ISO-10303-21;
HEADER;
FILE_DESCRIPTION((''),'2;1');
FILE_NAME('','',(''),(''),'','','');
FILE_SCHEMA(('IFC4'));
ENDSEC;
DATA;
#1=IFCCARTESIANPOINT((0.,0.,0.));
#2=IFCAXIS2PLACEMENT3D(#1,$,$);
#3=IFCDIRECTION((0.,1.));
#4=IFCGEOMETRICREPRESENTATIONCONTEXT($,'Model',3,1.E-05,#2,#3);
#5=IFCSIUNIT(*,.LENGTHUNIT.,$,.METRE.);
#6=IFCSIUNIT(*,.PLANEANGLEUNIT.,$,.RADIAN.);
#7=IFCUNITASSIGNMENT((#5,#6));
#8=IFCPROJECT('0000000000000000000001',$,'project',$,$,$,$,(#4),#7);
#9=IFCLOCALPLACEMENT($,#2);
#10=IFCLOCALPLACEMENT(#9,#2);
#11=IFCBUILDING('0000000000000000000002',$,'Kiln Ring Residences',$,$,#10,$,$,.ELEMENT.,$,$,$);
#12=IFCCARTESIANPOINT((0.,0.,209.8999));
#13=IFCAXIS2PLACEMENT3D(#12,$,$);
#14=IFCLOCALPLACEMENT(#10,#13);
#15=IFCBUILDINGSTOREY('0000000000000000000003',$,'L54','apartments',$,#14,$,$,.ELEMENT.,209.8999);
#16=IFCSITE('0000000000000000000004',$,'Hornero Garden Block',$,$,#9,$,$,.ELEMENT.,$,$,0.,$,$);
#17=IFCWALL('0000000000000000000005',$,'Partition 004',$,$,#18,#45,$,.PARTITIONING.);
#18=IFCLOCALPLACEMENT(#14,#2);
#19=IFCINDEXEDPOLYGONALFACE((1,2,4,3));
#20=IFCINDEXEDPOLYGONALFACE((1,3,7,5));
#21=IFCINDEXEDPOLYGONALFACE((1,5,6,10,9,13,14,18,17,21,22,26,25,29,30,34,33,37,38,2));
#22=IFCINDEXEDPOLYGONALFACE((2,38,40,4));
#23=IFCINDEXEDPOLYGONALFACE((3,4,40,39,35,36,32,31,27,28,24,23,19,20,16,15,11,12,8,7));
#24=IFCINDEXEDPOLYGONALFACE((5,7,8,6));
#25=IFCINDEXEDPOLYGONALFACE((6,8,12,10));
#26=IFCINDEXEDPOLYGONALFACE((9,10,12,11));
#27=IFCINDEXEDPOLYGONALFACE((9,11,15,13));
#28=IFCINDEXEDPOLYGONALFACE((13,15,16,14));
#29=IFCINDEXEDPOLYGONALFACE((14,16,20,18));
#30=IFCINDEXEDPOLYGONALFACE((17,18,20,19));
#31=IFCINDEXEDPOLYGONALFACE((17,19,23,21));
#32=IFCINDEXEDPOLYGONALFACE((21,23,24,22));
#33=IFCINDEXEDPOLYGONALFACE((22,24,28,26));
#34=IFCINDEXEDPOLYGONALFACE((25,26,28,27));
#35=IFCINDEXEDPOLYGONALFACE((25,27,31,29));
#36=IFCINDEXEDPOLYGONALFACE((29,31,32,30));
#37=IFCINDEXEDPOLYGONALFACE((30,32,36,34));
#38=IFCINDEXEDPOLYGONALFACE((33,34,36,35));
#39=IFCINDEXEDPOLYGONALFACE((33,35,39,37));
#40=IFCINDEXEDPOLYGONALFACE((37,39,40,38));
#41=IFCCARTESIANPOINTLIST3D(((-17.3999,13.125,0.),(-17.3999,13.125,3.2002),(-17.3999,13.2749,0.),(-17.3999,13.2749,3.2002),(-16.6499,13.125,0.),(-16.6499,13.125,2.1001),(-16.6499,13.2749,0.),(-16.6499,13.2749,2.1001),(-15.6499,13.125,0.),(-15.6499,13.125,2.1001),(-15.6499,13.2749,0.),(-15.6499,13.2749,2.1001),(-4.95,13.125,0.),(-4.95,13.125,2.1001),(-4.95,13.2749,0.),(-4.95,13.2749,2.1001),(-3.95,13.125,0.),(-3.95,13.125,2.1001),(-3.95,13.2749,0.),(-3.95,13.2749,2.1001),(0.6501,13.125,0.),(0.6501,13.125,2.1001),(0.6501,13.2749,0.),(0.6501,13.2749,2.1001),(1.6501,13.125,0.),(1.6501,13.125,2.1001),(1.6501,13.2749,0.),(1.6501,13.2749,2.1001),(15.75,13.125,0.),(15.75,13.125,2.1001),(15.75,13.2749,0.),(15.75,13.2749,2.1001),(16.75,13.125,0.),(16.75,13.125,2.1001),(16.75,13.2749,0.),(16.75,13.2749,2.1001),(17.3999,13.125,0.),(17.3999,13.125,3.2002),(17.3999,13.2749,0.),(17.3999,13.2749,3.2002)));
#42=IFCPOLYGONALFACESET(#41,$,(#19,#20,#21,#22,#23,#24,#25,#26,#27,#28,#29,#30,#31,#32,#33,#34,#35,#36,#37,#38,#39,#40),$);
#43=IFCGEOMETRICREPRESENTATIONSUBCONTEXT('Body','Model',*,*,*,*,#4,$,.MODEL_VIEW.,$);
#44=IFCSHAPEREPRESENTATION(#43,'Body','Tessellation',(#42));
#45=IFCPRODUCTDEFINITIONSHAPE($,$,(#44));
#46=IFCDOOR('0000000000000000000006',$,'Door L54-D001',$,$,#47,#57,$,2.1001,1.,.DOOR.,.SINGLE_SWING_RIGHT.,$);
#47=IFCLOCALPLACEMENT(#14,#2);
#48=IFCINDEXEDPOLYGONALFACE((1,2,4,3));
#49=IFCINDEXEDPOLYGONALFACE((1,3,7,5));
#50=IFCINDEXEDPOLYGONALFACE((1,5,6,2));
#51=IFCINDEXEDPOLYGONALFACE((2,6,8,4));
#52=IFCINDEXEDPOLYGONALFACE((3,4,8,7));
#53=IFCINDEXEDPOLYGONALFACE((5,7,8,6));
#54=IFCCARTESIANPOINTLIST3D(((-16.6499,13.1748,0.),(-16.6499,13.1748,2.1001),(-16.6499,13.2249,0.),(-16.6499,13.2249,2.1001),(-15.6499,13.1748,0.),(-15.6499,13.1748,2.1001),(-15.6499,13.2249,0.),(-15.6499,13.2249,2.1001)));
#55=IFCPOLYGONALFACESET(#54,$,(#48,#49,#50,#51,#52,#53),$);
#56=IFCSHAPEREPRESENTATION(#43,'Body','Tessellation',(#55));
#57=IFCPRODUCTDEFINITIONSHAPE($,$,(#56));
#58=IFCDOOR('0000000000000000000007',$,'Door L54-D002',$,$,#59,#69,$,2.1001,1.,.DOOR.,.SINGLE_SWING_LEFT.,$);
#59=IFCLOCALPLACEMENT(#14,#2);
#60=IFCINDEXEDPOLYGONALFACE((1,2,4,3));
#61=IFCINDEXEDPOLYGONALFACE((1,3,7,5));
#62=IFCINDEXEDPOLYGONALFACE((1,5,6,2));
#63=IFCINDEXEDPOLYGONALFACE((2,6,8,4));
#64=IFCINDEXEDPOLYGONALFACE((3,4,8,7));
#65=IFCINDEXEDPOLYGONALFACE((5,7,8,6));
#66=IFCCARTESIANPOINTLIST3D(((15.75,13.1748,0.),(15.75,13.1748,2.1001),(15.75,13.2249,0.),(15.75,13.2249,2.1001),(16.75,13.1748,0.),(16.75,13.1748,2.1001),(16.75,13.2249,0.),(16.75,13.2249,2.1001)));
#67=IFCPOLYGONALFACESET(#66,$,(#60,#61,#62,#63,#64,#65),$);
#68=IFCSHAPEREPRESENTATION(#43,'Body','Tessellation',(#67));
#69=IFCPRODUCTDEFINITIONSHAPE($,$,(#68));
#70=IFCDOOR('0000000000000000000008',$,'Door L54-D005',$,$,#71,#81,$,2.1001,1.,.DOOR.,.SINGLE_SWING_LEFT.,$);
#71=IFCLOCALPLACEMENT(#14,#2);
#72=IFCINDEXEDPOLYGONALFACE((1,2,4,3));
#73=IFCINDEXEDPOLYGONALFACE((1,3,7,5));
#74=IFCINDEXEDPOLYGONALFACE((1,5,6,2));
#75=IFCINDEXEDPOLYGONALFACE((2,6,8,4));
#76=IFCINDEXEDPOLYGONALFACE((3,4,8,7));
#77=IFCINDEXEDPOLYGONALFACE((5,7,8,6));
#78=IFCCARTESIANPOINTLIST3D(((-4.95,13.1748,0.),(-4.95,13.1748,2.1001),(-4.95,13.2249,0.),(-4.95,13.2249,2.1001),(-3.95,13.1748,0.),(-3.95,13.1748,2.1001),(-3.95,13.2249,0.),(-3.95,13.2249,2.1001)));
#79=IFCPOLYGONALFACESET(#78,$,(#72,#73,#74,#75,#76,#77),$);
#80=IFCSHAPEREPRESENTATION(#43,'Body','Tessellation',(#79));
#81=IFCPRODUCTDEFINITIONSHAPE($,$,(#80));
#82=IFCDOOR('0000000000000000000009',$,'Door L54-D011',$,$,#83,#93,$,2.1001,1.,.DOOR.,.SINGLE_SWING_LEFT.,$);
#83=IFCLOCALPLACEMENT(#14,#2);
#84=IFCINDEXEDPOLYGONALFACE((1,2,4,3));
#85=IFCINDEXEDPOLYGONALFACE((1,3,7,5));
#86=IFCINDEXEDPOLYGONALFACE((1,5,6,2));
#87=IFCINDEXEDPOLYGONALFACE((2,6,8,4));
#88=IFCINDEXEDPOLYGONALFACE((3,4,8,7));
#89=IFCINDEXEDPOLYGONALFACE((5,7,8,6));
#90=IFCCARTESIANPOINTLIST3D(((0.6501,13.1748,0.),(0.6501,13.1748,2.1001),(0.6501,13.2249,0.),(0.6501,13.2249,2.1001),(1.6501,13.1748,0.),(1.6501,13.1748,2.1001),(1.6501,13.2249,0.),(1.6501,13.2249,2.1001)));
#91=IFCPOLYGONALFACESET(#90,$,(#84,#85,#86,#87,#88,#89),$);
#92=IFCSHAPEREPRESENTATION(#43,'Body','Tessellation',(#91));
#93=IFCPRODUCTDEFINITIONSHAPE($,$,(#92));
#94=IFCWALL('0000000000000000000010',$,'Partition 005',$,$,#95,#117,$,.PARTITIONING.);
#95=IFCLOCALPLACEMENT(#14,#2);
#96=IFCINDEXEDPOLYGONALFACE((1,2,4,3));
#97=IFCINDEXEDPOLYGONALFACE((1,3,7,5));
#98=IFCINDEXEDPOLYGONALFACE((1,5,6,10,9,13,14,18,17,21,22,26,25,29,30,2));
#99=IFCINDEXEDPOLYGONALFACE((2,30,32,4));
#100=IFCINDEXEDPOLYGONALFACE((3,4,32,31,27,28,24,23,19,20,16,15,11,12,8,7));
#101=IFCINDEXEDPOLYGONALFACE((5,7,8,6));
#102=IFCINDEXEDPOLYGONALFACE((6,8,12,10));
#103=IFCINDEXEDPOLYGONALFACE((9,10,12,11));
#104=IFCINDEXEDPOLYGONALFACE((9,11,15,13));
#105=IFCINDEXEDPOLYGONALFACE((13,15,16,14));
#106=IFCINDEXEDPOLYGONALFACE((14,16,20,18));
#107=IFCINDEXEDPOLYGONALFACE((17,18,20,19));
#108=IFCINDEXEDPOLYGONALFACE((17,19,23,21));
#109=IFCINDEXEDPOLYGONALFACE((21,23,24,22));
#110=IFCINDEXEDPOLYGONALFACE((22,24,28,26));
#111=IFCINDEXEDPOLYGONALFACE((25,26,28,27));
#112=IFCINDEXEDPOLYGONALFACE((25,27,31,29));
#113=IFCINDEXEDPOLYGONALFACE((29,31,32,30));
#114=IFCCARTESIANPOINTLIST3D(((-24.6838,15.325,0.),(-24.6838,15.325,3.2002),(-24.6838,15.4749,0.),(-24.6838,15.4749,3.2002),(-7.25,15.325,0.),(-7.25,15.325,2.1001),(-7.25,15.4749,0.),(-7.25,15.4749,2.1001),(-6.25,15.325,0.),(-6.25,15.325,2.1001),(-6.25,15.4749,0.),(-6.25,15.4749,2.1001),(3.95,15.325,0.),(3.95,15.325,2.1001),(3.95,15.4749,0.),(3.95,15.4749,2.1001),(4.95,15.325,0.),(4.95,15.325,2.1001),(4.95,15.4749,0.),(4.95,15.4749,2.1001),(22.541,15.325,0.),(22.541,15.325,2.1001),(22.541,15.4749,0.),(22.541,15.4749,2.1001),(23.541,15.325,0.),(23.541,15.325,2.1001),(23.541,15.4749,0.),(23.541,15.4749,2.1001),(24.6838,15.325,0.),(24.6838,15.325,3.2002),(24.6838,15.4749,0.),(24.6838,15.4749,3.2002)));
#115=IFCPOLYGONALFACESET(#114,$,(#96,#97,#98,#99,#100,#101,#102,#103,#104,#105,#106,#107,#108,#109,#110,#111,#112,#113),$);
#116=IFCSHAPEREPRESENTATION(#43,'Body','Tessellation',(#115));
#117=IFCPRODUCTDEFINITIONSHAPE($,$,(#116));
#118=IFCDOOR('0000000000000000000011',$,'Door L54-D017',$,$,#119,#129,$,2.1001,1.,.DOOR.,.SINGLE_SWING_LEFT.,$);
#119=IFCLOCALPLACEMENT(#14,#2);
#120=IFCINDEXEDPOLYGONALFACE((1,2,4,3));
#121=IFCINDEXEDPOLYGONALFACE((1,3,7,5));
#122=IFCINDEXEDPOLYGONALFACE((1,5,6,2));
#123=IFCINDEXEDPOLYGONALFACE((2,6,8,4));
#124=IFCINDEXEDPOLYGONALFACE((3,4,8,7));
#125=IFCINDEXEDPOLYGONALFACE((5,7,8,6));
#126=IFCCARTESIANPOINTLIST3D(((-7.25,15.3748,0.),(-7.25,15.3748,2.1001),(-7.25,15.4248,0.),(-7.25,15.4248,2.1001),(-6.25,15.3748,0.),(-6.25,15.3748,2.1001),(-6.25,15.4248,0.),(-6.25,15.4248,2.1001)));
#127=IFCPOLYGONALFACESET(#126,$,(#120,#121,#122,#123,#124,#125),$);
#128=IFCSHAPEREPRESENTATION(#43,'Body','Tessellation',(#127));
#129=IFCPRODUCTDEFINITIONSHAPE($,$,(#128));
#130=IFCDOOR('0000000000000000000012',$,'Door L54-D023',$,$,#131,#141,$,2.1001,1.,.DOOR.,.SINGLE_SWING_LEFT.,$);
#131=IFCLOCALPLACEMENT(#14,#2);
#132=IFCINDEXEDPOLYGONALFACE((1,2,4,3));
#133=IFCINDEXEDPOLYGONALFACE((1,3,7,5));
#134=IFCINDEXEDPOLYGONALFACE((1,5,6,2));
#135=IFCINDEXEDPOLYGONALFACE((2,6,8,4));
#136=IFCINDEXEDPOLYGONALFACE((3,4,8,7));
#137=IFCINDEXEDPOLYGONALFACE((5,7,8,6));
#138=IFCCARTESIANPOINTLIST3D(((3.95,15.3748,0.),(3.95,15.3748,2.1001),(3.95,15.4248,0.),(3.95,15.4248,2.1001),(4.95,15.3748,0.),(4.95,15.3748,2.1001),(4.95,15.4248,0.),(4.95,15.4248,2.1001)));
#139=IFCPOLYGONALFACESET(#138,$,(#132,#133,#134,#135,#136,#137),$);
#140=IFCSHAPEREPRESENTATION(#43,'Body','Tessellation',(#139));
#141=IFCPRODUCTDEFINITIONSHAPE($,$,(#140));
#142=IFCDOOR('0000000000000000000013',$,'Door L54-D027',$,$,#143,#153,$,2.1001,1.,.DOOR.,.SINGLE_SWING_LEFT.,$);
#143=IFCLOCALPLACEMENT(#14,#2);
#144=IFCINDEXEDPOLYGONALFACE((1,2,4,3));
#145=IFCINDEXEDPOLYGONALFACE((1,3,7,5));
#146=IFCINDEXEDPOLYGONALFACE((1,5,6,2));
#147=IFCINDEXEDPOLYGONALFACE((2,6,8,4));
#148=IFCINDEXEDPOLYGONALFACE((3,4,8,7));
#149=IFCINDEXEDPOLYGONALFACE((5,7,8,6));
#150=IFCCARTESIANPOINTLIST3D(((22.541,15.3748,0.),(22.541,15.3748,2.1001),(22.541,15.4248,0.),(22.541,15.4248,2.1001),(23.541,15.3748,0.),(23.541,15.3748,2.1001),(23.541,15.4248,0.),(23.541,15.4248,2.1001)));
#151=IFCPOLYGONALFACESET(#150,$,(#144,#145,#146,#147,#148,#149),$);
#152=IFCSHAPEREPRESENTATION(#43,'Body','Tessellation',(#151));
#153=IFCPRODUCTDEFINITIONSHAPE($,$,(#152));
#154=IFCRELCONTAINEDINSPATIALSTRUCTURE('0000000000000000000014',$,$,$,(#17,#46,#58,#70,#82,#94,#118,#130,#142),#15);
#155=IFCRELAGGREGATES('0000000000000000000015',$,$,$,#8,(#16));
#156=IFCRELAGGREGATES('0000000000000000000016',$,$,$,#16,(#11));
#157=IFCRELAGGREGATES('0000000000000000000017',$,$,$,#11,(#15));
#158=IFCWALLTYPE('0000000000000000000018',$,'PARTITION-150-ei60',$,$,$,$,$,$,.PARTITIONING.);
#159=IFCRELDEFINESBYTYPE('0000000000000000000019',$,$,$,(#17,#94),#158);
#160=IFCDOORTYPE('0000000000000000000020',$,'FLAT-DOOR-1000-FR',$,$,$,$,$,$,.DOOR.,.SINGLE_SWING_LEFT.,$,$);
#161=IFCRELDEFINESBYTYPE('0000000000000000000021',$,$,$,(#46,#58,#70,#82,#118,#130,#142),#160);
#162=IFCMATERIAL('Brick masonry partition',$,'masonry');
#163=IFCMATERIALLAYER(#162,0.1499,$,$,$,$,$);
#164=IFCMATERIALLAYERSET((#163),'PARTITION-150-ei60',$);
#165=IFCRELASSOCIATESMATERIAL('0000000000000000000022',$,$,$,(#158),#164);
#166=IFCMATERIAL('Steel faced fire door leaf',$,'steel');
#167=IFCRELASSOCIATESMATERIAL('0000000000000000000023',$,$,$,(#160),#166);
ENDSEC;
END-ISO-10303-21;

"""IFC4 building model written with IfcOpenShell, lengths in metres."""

from ifc_helpers import new_model, si_unit, direction, frame, frame_2d, origin, place, context, subcontext, project, spatial, rectangle, extrude, material, layer, layer_set, type_object, element, fill, save


model = new_model("IFC4")

# Units and contexts
model_context = context("Model", 3, precision=1e-05, world=origin(), true_north=direction((0.0, 1.0)))
body_context = subcontext(model_context, "Body", "Model", "MODEL_VIEW")
ifc_project = project(units=[si_unit("LENGTHUNIT", "METRE"), si_unit("PLANEANGLEUNIT", "RADIAN")], contexts=[model_context])

# Site, building, storey
site_placement = place(None, origin())
site = spatial("IfcSite", under=ifc_project, at=site_placement, Name="Hornero Garden Block", CompositionType="ELEMENT", RefElevation=0.0)
building_placement = place(site_placement, origin())
building = spatial("IfcBuilding", under=site, at=building_placement, Name="Kiln Ring Residences", CompositionType="ELEMENT")
storey_placement = place(building_placement, frame((0.0, 0.0, 209.8999)))
storey = spatial("IfcBuildingStorey", under=building, at=storey_placement, Name="L54", Description="apartments", CompositionType="ELEMENT", Elevation=209.8999)

# Walls, openings, doors
ifc_material_1 = material(Name="Brick masonry partition", Category="masonry")
ifc_layer_1 = layer(ifc_material_1, 0.1499)
ifc_layer_set_1 = layer_set([ifc_layer_1], Name="PARTITION-150-ei60")
wall_type_1 = type_object("IfcWallType", Name="PARTITION-150-ei60", PredefinedType="PARTITIONING", material=ifc_layer_set_1)
wall_1_placement = place(storey_placement, frame((-17.3999, 13.2, 0.0), z_axis=(0.0, 0.0, 1.0), x_axis=(1.0, 0.0, 0.0)))
wall_1 = element("IfcWall", 1, at=wall_1_placement, inside=storey, type_object=wall_type_1, Name="Partition 004", PredefinedType="PARTITIONING", context=body_context, shape_type="SweptSolid", body=[
    extrude(rectangle(XDim=34.7998, YDim=0.1499, at=frame_2d((17.3999, 0.0))), origin(), (0.0, 0.0, 1.0), 3.2002),
])
opening_1_placement = place(wall_1_placement, frame((0.75, 0.0, 0.0)))
opening_1 = element("IfcOpeningElement", 2, at=opening_1_placement, cuts=wall_1, PredefinedType="OPENING", context=body_context, shape_type="SweptSolid", body=[
    extrude(rectangle(XDim=1.0, YDim=2.1001, at=frame_2d((0.5, 1.05))), frame((0.0, 0.085, 0.0), z_axis=(0.0, -1.0, 0.0), x_axis=(1.0, 0.0, 0.0)), (0.0, 0.0, 1.0), 0.1699),
])
opening_2_placement = place(wall_1_placement, frame((33.1499, 0.0, 0.0)))
opening_2 = element("IfcOpeningElement", 3, at=opening_2_placement, cuts=wall_1, PredefinedType="OPENING", context=body_context, shape_type="SweptSolid", body=[
    extrude(rectangle(XDim=1.0, YDim=2.1001, at=frame_2d((0.5, 1.05))), frame((0.0, 0.085, 0.0), z_axis=(0.0, -1.0, 0.0), x_axis=(1.0, 0.0, 0.0)), (0.0, 0.0, 1.0), 0.1699),
])
opening_3_placement = place(wall_1_placement, frame((12.45, 0.0, 0.0)))
opening_3 = element("IfcOpeningElement", 4, at=opening_3_placement, cuts=wall_1, PredefinedType="OPENING", context=body_context, shape_type="SweptSolid", body=[
    extrude(rectangle(XDim=1.0, YDim=2.1001, at=frame_2d((0.5, 1.05))), frame((0.0, 0.085, 0.0), z_axis=(0.0, -1.0, 0.0), x_axis=(1.0, 0.0, 0.0)), (0.0, 0.0, 1.0), 0.1699),
])
opening_4_placement = place(wall_1_placement, frame((18.05, 0.0, 0.0)))
opening_4 = element("IfcOpeningElement", 5, at=opening_4_placement, cuts=wall_1, PredefinedType="OPENING", context=body_context, shape_type="SweptSolid", body=[
    extrude(rectangle(XDim=1.0, YDim=2.1001, at=frame_2d((0.5, 1.05))), frame((0.0, 0.085, 0.0), z_axis=(0.0, -1.0, 0.0), x_axis=(1.0, 0.0, 0.0)), (0.0, 0.0, 1.0), 0.1699),
])
ifc_material_2 = material(Name="Steel faced fire door leaf", Category="steel")
door_type_1 = type_object("IfcDoorType", Name="FLAT-DOOR-1000-FR", OperationType="SINGLE_SWING_LEFT", PredefinedType="DOOR", material=ifc_material_2)
door_1_placement = place(opening_1_placement, origin())
door_1 = element("IfcDoor", 6, at=door_1_placement, inside=storey, type_object=door_type_1, Name="Door L54-D001", OperationType="SINGLE_SWING_RIGHT", OverallHeight=2.1001, OverallWidth=1.0, PredefinedType="DOOR", context=body_context, shape_type="SweptSolid", body=[
    extrude(rectangle(XDim=1.0, YDim=2.1001, at=frame_2d((0.5, 1.05))), frame((0.0, 0.0249, 0.0), z_axis=(0.0, -1.0, 0.0), x_axis=(1.0, 0.0, 0.0)), (0.0, 0.0, 1.0), 0.05),
])
fill(opening_1, door_1)
door_2_placement = place(opening_2_placement, origin())
door_2 = element("IfcDoor", 7, at=door_2_placement, inside=storey, type_object=door_type_1, Name="Door L54-D002", OperationType="SINGLE_SWING_LEFT", OverallHeight=2.1001, OverallWidth=1.0, PredefinedType="DOOR", context=body_context, shape_type="SweptSolid", body=[
    extrude(rectangle(XDim=1.0, YDim=2.1001, at=frame_2d((0.5, 1.05))), frame((0.0, 0.0249, 0.0), z_axis=(0.0, -1.0, 0.0), x_axis=(1.0, 0.0, 0.0)), (0.0, 0.0, 1.0), 0.05),
])
fill(opening_2, door_2)
door_3_placement = place(opening_3_placement, origin())
door_3 = element("IfcDoor", 8, at=door_3_placement, inside=storey, type_object=door_type_1, Name="Door L54-D005", OperationType="SINGLE_SWING_LEFT", OverallHeight=2.1001, OverallWidth=1.0, PredefinedType="DOOR", context=body_context, shape_type="SweptSolid", body=[
    extrude(rectangle(XDim=1.0, YDim=2.1001, at=frame_2d((0.5, 1.05))), frame((0.0, 0.0249, 0.0), z_axis=(0.0, -1.0, 0.0), x_axis=(1.0, 0.0, 0.0)), (0.0, 0.0, 1.0), 0.05),
])
fill(opening_3, door_3)
door_4_placement = place(opening_4_placement, origin())
door_4 = element("IfcDoor", 9, at=door_4_placement, inside=storey, type_object=door_type_1, Name="Door L54-D011", OperationType="SINGLE_SWING_LEFT", OverallHeight=2.1001, OverallWidth=1.0, PredefinedType="DOOR", context=body_context, shape_type="SweptSolid", body=[
    extrude(rectangle(XDim=1.0, YDim=2.1001, at=frame_2d((0.5, 1.05))), frame((0.0, 0.0249, 0.0), z_axis=(0.0, -1.0, 0.0), x_axis=(1.0, 0.0, 0.0)), (0.0, 0.0, 1.0), 0.05),
])
fill(opening_4, door_4)
wall_2_placement = place(storey_placement, frame((-24.6838, 15.3999, 0.0), z_axis=(0.0, 0.0, 1.0), x_axis=(1.0, 0.0, 0.0)))
wall_2 = element("IfcWall", 10, at=wall_2_placement, inside=storey, type_object=wall_type_1, Name="Partition 005", PredefinedType="PARTITIONING", context=body_context, shape_type="SweptSolid", body=[
    extrude(rectangle(XDim=49.3677, YDim=0.1499, at=frame_2d((24.6838, 0.0))), origin(), (0.0, 0.0, 1.0), 3.2002),
])
opening_5_placement = place(wall_2_placement, frame((17.4338, 0.0, 0.0)))
opening_5 = element("IfcOpeningElement", 11, at=opening_5_placement, cuts=wall_2, PredefinedType="OPENING", context=body_context, shape_type="SweptSolid", body=[
    extrude(rectangle(XDim=1.0, YDim=2.1001, at=frame_2d((0.5, 1.05))), frame((0.0, 0.085, 0.0), z_axis=(0.0, -1.0, 0.0), x_axis=(1.0, 0.0, 0.0)), (0.0, 0.0, 1.0), 0.1699),
])
opening_6_placement = place(wall_2_placement, frame((28.6338, 0.0, 0.0)))
opening_6 = element("IfcOpeningElement", 12, at=opening_6_placement, cuts=wall_2, PredefinedType="OPENING", context=body_context, shape_type="SweptSolid", body=[
    extrude(rectangle(XDim=1.0, YDim=2.1001, at=frame_2d((0.5, 1.05))), frame((0.0, 0.085, 0.0), z_axis=(0.0, -1.0, 0.0), x_axis=(1.0, 0.0, 0.0)), (0.0, 0.0, 1.0), 0.1699),
])
opening_7_placement = place(wall_2_placement, frame((47.2249, 0.0, 0.0)))
opening_7 = element("IfcOpeningElement", 13, at=opening_7_placement, cuts=wall_2, PredefinedType="OPENING", context=body_context, shape_type="SweptSolid", body=[
    extrude(rectangle(XDim=1.0, YDim=2.1001, at=frame_2d((0.5, 1.05))), frame((0.0, 0.085, 0.0), z_axis=(0.0, -1.0, 0.0), x_axis=(1.0, 0.0, 0.0)), (0.0, 0.0, 1.0), 0.1699),
])
door_5_placement = place(opening_5_placement, origin())
door_5 = element("IfcDoor", 14, at=door_5_placement, inside=storey, type_object=door_type_1, Name="Door L54-D017", OperationType="SINGLE_SWING_LEFT", OverallHeight=2.1001, OverallWidth=1.0, PredefinedType="DOOR", context=body_context, shape_type="SweptSolid", body=[
    extrude(rectangle(XDim=1.0, YDim=2.1001, at=frame_2d((0.5, 1.05))), frame((0.0, 0.0249, 0.0), z_axis=(0.0, -1.0, 0.0), x_axis=(1.0, 0.0, 0.0)), (0.0, 0.0, 1.0), 0.05),
])
fill(opening_5, door_5)
door_6_placement = place(opening_6_placement, origin())
door_6 = element("IfcDoor", 15, at=door_6_placement, inside=storey, type_object=door_type_1, Name="Door L54-D023", OperationType="SINGLE_SWING_LEFT", OverallHeight=2.1001, OverallWidth=1.0, PredefinedType="DOOR", context=body_context, shape_type="SweptSolid", body=[
    extrude(rectangle(XDim=1.0, YDim=2.1001, at=frame_2d((0.5, 1.05))), frame((0.0, 0.0249, 0.0), z_axis=(0.0, -1.0, 0.0), x_axis=(1.0, 0.0, 0.0)), (0.0, 0.0, 1.0), 0.05),
])
fill(opening_6, door_6)
door_7_placement = place(opening_7_placement, origin())
door_7 = element("IfcDoor", 16, at=door_7_placement, inside=storey, type_object=door_type_1, Name="Door L54-D027", OperationType="SINGLE_SWING_LEFT", OverallHeight=2.1001, OverallWidth=1.0, PredefinedType="DOOR", context=body_context, shape_type="SweptSolid", body=[
    extrude(rectangle(XDim=1.0, YDim=2.1001, at=frame_2d((0.5, 1.05))), frame((0.0, 0.0249, 0.0), z_axis=(0.0, -1.0, 0.0), x_axis=(1.0, 0.0, 0.0)), (0.0, 0.0, 1.0), 0.05),
])
fill(opening_7, door_7)

save(model, "model.ifc")
